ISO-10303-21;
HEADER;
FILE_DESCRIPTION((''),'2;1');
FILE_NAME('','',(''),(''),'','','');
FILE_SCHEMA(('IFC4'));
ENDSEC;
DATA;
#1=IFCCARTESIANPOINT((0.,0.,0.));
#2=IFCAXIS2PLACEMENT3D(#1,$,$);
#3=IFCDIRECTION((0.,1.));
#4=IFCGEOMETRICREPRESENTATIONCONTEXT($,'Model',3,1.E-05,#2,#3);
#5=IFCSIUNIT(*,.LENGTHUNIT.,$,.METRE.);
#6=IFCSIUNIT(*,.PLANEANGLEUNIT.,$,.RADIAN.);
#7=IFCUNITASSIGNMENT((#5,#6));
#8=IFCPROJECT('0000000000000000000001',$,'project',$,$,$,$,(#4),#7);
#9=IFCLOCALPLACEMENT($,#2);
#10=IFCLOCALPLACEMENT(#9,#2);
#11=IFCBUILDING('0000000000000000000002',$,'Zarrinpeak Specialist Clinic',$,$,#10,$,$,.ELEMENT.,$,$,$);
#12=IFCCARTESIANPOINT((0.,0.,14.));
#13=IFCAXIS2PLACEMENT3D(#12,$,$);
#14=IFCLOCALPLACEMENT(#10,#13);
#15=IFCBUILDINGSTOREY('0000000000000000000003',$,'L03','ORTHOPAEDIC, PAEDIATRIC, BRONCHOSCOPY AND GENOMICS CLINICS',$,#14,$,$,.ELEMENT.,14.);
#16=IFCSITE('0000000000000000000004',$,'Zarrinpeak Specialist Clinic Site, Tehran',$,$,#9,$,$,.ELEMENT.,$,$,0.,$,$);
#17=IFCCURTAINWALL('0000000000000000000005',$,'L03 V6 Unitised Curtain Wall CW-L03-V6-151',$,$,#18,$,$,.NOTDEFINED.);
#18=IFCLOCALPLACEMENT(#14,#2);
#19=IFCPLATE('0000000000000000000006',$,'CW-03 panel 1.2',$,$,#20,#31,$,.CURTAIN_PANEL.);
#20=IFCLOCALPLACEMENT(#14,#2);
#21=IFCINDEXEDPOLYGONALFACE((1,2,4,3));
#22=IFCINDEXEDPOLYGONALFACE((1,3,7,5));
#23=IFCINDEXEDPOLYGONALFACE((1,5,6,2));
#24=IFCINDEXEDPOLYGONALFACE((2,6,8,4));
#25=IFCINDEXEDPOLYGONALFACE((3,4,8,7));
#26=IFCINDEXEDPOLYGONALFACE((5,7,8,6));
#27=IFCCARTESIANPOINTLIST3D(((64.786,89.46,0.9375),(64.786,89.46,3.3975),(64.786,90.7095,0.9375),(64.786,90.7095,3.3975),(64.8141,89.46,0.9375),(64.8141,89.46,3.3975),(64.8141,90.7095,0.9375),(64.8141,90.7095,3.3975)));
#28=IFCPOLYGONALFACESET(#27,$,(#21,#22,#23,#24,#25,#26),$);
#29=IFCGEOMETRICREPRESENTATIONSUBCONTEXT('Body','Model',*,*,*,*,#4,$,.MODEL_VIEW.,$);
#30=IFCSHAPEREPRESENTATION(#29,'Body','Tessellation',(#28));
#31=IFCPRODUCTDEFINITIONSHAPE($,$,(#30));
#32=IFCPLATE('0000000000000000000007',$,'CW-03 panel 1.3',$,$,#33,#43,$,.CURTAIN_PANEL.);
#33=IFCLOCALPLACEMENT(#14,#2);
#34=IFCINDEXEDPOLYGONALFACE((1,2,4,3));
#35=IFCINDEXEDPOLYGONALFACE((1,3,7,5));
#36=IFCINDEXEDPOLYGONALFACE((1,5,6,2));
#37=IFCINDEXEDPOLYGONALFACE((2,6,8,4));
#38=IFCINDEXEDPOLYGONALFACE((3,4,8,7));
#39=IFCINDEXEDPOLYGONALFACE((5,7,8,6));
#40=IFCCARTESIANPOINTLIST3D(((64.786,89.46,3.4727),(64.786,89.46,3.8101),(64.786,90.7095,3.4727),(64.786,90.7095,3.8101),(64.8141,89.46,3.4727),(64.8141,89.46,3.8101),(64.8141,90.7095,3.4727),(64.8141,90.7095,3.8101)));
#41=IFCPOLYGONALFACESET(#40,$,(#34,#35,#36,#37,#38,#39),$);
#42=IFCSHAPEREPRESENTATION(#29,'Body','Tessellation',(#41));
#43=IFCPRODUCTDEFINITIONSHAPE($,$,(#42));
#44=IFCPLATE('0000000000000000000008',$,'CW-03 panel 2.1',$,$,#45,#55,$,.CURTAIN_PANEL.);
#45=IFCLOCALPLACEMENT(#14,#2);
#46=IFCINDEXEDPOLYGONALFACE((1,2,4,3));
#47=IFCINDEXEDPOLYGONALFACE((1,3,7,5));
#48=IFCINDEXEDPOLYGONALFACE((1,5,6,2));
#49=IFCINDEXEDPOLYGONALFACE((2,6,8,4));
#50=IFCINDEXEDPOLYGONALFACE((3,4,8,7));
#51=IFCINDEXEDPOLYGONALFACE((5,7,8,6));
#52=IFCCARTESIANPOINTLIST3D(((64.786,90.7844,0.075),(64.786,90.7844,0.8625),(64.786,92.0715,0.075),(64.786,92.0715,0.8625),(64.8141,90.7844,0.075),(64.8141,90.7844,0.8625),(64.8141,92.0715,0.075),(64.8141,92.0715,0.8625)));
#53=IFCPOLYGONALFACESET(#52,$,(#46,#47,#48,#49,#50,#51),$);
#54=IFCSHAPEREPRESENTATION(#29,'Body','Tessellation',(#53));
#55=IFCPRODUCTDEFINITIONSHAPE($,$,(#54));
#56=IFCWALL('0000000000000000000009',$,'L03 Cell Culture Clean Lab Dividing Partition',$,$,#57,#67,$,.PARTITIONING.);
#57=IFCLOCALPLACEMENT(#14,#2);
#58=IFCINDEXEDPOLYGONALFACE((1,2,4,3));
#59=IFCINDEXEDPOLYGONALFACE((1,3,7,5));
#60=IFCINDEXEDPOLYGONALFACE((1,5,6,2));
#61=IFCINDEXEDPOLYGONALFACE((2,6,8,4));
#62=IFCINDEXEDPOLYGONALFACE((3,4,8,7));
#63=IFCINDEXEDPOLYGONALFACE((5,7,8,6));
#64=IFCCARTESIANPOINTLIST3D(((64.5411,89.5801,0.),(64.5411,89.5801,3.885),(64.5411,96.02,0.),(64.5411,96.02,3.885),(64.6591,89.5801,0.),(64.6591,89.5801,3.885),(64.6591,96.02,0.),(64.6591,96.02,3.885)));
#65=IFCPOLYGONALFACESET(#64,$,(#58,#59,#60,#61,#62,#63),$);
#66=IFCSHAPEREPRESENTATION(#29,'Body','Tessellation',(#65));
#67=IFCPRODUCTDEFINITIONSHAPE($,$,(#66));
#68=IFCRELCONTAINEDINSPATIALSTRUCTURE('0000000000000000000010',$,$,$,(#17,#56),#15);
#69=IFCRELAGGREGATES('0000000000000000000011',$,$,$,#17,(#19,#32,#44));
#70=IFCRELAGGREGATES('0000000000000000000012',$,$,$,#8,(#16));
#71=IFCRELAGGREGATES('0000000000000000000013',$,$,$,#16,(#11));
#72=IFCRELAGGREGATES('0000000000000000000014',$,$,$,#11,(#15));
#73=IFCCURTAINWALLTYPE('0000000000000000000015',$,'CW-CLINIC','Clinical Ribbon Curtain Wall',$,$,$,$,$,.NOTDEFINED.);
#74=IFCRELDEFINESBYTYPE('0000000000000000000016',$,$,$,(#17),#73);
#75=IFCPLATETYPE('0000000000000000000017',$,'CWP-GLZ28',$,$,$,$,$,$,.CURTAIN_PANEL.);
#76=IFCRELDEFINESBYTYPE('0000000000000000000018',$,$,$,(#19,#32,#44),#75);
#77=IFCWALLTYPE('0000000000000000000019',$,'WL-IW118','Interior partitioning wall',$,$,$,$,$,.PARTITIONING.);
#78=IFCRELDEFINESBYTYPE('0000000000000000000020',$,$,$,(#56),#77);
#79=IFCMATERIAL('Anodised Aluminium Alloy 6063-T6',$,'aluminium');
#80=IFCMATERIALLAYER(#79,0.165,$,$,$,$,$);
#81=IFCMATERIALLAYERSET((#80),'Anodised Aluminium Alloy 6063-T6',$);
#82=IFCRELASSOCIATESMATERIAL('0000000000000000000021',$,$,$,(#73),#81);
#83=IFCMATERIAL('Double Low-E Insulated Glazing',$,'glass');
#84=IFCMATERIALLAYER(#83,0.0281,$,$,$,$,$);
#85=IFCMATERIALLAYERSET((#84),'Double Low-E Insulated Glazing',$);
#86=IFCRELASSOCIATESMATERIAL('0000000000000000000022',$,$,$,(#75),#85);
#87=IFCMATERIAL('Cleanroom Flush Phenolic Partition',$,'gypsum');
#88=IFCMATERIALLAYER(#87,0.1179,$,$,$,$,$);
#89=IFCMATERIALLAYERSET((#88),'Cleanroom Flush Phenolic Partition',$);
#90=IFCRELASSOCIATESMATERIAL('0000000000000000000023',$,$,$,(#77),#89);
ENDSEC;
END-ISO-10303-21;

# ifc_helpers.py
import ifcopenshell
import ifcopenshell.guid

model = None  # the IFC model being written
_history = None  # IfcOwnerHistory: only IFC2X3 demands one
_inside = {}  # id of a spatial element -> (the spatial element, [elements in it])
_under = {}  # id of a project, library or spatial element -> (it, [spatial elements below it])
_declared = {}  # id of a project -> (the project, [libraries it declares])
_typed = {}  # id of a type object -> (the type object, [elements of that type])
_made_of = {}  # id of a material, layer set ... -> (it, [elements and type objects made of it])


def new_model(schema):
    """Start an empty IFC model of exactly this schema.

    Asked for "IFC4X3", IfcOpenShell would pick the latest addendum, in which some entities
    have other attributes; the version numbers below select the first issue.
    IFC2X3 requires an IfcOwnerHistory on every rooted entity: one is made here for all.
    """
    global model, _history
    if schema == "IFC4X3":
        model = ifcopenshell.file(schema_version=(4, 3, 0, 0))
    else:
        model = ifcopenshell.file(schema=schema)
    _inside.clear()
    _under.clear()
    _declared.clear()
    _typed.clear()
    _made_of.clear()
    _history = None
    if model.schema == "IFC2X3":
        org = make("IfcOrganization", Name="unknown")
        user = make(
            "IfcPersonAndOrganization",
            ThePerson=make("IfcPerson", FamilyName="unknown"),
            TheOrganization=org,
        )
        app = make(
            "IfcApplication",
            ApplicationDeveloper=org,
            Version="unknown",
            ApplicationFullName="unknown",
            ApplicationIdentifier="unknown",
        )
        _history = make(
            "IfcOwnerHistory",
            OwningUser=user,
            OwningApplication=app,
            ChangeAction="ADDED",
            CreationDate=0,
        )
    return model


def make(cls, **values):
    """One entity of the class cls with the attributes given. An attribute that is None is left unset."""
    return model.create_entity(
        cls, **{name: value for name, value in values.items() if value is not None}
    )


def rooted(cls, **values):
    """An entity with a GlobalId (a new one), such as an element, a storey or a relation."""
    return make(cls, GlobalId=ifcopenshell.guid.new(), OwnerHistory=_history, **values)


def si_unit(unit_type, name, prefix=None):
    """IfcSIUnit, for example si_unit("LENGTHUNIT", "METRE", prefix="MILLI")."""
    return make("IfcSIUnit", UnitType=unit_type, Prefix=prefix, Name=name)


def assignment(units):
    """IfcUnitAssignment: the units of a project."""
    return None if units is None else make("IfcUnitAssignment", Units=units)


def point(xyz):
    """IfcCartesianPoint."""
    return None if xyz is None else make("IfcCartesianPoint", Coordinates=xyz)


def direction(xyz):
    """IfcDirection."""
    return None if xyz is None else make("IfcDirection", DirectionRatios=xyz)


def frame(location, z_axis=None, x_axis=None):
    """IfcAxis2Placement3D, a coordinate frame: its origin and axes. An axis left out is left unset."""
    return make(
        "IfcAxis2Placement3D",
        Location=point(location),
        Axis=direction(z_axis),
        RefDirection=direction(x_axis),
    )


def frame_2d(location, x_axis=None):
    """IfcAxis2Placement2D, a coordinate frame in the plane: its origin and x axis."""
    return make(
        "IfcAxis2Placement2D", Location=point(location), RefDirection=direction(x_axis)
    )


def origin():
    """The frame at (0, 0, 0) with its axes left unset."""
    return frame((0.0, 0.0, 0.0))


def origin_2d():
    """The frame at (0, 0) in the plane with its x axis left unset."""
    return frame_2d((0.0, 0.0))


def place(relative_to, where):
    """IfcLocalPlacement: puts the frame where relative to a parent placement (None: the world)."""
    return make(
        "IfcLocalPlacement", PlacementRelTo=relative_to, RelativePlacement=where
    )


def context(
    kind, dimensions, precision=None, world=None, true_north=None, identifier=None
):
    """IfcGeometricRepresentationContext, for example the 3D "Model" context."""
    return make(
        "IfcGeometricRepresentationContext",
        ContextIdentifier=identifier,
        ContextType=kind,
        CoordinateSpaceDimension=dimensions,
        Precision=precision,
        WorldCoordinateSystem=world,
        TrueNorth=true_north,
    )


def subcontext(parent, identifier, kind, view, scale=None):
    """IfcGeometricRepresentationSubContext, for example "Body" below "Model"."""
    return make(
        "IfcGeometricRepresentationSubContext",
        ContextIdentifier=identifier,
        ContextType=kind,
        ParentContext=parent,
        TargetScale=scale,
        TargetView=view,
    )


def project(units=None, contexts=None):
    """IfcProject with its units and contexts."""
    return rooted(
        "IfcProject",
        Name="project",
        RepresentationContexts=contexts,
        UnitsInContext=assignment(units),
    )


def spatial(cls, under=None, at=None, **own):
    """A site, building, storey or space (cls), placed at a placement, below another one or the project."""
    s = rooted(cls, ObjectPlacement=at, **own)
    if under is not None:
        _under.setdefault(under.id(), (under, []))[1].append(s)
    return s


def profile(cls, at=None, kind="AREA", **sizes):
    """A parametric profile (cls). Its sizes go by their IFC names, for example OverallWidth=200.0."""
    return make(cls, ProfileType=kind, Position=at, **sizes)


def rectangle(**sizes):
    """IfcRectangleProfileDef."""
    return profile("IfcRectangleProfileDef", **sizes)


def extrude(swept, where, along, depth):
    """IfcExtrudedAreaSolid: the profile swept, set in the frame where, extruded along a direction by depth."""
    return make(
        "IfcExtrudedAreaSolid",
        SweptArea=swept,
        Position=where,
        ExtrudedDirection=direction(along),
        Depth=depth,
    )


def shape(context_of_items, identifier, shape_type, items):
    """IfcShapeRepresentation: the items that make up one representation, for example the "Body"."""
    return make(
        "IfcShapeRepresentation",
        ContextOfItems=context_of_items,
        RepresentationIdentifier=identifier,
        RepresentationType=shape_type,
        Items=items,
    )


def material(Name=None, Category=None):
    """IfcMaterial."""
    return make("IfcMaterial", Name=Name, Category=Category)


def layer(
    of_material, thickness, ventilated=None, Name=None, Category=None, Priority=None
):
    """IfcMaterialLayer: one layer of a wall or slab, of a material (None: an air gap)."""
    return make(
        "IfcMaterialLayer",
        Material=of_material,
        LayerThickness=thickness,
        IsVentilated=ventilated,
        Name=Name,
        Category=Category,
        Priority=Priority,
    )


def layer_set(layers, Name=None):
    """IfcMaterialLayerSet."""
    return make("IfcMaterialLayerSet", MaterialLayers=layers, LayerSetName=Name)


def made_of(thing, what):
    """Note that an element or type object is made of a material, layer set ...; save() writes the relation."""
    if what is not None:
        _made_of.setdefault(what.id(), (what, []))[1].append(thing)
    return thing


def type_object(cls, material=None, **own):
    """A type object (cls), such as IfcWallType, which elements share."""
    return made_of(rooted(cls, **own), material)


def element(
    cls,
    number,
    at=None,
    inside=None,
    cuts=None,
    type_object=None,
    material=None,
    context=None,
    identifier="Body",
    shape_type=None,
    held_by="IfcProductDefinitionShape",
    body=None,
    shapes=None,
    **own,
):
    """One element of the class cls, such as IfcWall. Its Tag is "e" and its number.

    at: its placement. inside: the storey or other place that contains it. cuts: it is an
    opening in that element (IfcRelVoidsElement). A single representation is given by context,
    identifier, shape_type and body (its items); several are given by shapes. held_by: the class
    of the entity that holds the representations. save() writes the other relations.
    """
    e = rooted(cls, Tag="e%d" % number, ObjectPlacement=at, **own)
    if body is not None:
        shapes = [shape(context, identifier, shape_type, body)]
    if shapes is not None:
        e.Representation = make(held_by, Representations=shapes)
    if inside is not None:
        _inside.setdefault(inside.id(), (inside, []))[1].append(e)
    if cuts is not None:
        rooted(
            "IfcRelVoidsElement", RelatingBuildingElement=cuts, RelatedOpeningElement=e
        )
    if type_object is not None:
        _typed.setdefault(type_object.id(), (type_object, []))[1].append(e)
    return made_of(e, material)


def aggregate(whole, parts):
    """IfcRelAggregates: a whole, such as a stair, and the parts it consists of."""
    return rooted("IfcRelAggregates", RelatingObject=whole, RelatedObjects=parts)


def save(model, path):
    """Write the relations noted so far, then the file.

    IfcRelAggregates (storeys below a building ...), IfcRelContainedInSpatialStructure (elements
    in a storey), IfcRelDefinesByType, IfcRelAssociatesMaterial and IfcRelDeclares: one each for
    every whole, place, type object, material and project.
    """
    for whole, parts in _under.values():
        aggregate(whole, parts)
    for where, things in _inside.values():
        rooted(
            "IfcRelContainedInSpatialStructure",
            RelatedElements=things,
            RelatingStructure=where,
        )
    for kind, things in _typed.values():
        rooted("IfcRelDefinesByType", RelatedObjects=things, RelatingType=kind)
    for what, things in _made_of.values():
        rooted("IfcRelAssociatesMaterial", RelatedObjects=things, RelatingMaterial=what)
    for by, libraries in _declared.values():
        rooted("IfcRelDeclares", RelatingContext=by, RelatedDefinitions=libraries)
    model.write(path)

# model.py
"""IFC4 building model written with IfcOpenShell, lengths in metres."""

from ifc_helpers import new_model, si_unit, direction, frame, frame_2d, origin, origin_2d, place, context, subcontext, project, spatial, rectangle, extrude, material, layer, layer_set, type_object, element, aggregate, save


model = new_model("IFC4")

# Units and contexts
model_context = context("Model", 3, precision=1e-05, world=origin(), true_north=direction((0.0, 1.0)))
body_context = subcontext(model_context, "Body", "Model", "MODEL_VIEW")
ifc_project = project(units=[si_unit("LENGTHUNIT", "METRE"), si_unit("PLANEANGLEUNIT", "RADIAN")], contexts=[model_context])

# Site, building, storey
site_placement = place(None, origin())
site = spatial("IfcSite", under=ifc_project, at=site_placement, Name="Zarrinpeak Specialist Clinic Site, Tehran", CompositionType="ELEMENT", RefElevation=0.0)
building_placement = place(site_placement, origin())
building = spatial("IfcBuilding", under=site, at=building_placement, Name="Zarrinpeak Specialist Clinic", CompositionType="ELEMENT")
storey_placement = place(building_placement, frame((0.0, 0.0, 14.0)))
storey = spatial("IfcBuildingStorey", under=building, at=storey_placement, Name="L03", Description="ORTHOPAEDIC, PAEDIATRIC, BRONCHOSCOPY AND GENOMICS CLINICS", CompositionType="ELEMENT", Elevation=14.0)

# Curtain wall, plates
ifc_material_1 = material(Name="Anodised Aluminium Alloy 6063-T6", Category="aluminium")
ifc_layer_1 = layer(ifc_material_1, 0.165)
ifc_layer_set_1 = layer_set([ifc_layer_1], Name="Anodised Aluminium Alloy 6063-T6")
curtain_wall_type = type_object("IfcCurtainWallType", Name="CW-CLINIC", Description="Clinical Ribbon Curtain Wall", PredefinedType="NOTDEFINED", material=ifc_layer_set_1)
curtain_wall_placement = place(storey_placement, origin())
curtain_wall = element("IfcCurtainWall", 1, at=curtain_wall_placement, inside=storey, type_object=curtain_wall_type, Name="L03 V6 Unitised Curtain Wall CW-L03-V6-151", PredefinedType="NOTDEFINED")
ifc_material_2 = material(Name="Double Low-E Insulated Glazing", Category="glass")
ifc_layer_2 = layer(ifc_material_2, 0.0281)
ifc_layer_set_2 = layer_set([ifc_layer_2], Name="Double Low-E Insulated Glazing")
plate_type = type_object("IfcPlateType", Name="CWP-GLZ28", PredefinedType="CURTAIN_PANEL", material=ifc_layer_set_2)
plate_1_placement = place(storey_placement, frame((64.8, 90.0847, 0.9375), z_axis=(0.0, 0.0, 1.0), x_axis=(0.0, 1.0, 0.0)))
plate_1 = element("IfcPlate", 2, at=plate_1_placement, type_object=plate_type, Name="CW-03 panel 1.2", PredefinedType="CURTAIN_PANEL", context=body_context, shape_type="SweptSolid", body=[
    extrude(rectangle(XDim=1.2495, YDim=0.0281, at=origin_2d()), origin(), (0.0, 0.0, 1.0), 2.46),
])
plate_2_placement = place(storey_placement, frame((64.8, 90.0847, 3.4727), z_axis=(0.0, 0.0, 1.0), x_axis=(0.0, 1.0, 0.0)))
plate_2 = element("IfcPlate", 3, at=plate_2_placement, type_object=plate_type, Name="CW-03 panel 1.3", PredefinedType="CURTAIN_PANEL", context=body_context, shape_type="SweptSolid", body=[
    extrude(rectangle(XDim=1.2495, YDim=0.0281, at=origin_2d()), origin(), (0.0, 0.0, 1.0), 0.3374),
])
plate_3_placement = place(storey_placement, frame((64.8, 91.428, 0.075), z_axis=(0.0, 0.0, 1.0), x_axis=(0.0, 1.0, 0.0)))
plate_3 = element("IfcPlate", 4, at=plate_3_placement, type_object=plate_type, Name="CW-03 panel 2.1", PredefinedType="CURTAIN_PANEL", context=body_context, shape_type="SweptSolid", body=[
    extrude(rectangle(XDim=1.2871, YDim=0.0281, at=origin_2d()), origin(), (0.0, 0.0, 1.0), 0.7876),
])
aggregate(curtain_wall, [plate_1, plate_2, plate_3])

# Wall
ifc_material_3 = material(Name="Cleanroom Flush Phenolic Partition", Category="gypsum")
ifc_layer_3 = layer(ifc_material_3, 0.1179)
ifc_layer_set_3 = layer_set([ifc_layer_3], Name="Cleanroom Flush Phenolic Partition")
wall_type = type_object("IfcWallType", Name="WL-IW118", Description="Interior partitioning wall", PredefinedType="PARTITIONING", material=ifc_layer_set_3)
wall_placement = place(storey_placement, frame((64.6001, 89.5801, 0.0), z_axis=(0.0, 0.0, 1.0), x_axis=(0.0, 1.0, 0.0)))
element("IfcWall", 5, at=wall_placement, inside=storey, type_object=wall_type, Name="L03 Cell Culture Clean Lab Dividing Partition", PredefinedType="PARTITIONING", context=body_context, shape_type="SweptSolid", body=[
    extrude(rectangle(XDim=6.4399, YDim=0.1179, at=frame_2d((3.22, 0.0))), origin(), (0.0, 0.0, 1.0), 3.885),
])

save(model, "model.ifc")
